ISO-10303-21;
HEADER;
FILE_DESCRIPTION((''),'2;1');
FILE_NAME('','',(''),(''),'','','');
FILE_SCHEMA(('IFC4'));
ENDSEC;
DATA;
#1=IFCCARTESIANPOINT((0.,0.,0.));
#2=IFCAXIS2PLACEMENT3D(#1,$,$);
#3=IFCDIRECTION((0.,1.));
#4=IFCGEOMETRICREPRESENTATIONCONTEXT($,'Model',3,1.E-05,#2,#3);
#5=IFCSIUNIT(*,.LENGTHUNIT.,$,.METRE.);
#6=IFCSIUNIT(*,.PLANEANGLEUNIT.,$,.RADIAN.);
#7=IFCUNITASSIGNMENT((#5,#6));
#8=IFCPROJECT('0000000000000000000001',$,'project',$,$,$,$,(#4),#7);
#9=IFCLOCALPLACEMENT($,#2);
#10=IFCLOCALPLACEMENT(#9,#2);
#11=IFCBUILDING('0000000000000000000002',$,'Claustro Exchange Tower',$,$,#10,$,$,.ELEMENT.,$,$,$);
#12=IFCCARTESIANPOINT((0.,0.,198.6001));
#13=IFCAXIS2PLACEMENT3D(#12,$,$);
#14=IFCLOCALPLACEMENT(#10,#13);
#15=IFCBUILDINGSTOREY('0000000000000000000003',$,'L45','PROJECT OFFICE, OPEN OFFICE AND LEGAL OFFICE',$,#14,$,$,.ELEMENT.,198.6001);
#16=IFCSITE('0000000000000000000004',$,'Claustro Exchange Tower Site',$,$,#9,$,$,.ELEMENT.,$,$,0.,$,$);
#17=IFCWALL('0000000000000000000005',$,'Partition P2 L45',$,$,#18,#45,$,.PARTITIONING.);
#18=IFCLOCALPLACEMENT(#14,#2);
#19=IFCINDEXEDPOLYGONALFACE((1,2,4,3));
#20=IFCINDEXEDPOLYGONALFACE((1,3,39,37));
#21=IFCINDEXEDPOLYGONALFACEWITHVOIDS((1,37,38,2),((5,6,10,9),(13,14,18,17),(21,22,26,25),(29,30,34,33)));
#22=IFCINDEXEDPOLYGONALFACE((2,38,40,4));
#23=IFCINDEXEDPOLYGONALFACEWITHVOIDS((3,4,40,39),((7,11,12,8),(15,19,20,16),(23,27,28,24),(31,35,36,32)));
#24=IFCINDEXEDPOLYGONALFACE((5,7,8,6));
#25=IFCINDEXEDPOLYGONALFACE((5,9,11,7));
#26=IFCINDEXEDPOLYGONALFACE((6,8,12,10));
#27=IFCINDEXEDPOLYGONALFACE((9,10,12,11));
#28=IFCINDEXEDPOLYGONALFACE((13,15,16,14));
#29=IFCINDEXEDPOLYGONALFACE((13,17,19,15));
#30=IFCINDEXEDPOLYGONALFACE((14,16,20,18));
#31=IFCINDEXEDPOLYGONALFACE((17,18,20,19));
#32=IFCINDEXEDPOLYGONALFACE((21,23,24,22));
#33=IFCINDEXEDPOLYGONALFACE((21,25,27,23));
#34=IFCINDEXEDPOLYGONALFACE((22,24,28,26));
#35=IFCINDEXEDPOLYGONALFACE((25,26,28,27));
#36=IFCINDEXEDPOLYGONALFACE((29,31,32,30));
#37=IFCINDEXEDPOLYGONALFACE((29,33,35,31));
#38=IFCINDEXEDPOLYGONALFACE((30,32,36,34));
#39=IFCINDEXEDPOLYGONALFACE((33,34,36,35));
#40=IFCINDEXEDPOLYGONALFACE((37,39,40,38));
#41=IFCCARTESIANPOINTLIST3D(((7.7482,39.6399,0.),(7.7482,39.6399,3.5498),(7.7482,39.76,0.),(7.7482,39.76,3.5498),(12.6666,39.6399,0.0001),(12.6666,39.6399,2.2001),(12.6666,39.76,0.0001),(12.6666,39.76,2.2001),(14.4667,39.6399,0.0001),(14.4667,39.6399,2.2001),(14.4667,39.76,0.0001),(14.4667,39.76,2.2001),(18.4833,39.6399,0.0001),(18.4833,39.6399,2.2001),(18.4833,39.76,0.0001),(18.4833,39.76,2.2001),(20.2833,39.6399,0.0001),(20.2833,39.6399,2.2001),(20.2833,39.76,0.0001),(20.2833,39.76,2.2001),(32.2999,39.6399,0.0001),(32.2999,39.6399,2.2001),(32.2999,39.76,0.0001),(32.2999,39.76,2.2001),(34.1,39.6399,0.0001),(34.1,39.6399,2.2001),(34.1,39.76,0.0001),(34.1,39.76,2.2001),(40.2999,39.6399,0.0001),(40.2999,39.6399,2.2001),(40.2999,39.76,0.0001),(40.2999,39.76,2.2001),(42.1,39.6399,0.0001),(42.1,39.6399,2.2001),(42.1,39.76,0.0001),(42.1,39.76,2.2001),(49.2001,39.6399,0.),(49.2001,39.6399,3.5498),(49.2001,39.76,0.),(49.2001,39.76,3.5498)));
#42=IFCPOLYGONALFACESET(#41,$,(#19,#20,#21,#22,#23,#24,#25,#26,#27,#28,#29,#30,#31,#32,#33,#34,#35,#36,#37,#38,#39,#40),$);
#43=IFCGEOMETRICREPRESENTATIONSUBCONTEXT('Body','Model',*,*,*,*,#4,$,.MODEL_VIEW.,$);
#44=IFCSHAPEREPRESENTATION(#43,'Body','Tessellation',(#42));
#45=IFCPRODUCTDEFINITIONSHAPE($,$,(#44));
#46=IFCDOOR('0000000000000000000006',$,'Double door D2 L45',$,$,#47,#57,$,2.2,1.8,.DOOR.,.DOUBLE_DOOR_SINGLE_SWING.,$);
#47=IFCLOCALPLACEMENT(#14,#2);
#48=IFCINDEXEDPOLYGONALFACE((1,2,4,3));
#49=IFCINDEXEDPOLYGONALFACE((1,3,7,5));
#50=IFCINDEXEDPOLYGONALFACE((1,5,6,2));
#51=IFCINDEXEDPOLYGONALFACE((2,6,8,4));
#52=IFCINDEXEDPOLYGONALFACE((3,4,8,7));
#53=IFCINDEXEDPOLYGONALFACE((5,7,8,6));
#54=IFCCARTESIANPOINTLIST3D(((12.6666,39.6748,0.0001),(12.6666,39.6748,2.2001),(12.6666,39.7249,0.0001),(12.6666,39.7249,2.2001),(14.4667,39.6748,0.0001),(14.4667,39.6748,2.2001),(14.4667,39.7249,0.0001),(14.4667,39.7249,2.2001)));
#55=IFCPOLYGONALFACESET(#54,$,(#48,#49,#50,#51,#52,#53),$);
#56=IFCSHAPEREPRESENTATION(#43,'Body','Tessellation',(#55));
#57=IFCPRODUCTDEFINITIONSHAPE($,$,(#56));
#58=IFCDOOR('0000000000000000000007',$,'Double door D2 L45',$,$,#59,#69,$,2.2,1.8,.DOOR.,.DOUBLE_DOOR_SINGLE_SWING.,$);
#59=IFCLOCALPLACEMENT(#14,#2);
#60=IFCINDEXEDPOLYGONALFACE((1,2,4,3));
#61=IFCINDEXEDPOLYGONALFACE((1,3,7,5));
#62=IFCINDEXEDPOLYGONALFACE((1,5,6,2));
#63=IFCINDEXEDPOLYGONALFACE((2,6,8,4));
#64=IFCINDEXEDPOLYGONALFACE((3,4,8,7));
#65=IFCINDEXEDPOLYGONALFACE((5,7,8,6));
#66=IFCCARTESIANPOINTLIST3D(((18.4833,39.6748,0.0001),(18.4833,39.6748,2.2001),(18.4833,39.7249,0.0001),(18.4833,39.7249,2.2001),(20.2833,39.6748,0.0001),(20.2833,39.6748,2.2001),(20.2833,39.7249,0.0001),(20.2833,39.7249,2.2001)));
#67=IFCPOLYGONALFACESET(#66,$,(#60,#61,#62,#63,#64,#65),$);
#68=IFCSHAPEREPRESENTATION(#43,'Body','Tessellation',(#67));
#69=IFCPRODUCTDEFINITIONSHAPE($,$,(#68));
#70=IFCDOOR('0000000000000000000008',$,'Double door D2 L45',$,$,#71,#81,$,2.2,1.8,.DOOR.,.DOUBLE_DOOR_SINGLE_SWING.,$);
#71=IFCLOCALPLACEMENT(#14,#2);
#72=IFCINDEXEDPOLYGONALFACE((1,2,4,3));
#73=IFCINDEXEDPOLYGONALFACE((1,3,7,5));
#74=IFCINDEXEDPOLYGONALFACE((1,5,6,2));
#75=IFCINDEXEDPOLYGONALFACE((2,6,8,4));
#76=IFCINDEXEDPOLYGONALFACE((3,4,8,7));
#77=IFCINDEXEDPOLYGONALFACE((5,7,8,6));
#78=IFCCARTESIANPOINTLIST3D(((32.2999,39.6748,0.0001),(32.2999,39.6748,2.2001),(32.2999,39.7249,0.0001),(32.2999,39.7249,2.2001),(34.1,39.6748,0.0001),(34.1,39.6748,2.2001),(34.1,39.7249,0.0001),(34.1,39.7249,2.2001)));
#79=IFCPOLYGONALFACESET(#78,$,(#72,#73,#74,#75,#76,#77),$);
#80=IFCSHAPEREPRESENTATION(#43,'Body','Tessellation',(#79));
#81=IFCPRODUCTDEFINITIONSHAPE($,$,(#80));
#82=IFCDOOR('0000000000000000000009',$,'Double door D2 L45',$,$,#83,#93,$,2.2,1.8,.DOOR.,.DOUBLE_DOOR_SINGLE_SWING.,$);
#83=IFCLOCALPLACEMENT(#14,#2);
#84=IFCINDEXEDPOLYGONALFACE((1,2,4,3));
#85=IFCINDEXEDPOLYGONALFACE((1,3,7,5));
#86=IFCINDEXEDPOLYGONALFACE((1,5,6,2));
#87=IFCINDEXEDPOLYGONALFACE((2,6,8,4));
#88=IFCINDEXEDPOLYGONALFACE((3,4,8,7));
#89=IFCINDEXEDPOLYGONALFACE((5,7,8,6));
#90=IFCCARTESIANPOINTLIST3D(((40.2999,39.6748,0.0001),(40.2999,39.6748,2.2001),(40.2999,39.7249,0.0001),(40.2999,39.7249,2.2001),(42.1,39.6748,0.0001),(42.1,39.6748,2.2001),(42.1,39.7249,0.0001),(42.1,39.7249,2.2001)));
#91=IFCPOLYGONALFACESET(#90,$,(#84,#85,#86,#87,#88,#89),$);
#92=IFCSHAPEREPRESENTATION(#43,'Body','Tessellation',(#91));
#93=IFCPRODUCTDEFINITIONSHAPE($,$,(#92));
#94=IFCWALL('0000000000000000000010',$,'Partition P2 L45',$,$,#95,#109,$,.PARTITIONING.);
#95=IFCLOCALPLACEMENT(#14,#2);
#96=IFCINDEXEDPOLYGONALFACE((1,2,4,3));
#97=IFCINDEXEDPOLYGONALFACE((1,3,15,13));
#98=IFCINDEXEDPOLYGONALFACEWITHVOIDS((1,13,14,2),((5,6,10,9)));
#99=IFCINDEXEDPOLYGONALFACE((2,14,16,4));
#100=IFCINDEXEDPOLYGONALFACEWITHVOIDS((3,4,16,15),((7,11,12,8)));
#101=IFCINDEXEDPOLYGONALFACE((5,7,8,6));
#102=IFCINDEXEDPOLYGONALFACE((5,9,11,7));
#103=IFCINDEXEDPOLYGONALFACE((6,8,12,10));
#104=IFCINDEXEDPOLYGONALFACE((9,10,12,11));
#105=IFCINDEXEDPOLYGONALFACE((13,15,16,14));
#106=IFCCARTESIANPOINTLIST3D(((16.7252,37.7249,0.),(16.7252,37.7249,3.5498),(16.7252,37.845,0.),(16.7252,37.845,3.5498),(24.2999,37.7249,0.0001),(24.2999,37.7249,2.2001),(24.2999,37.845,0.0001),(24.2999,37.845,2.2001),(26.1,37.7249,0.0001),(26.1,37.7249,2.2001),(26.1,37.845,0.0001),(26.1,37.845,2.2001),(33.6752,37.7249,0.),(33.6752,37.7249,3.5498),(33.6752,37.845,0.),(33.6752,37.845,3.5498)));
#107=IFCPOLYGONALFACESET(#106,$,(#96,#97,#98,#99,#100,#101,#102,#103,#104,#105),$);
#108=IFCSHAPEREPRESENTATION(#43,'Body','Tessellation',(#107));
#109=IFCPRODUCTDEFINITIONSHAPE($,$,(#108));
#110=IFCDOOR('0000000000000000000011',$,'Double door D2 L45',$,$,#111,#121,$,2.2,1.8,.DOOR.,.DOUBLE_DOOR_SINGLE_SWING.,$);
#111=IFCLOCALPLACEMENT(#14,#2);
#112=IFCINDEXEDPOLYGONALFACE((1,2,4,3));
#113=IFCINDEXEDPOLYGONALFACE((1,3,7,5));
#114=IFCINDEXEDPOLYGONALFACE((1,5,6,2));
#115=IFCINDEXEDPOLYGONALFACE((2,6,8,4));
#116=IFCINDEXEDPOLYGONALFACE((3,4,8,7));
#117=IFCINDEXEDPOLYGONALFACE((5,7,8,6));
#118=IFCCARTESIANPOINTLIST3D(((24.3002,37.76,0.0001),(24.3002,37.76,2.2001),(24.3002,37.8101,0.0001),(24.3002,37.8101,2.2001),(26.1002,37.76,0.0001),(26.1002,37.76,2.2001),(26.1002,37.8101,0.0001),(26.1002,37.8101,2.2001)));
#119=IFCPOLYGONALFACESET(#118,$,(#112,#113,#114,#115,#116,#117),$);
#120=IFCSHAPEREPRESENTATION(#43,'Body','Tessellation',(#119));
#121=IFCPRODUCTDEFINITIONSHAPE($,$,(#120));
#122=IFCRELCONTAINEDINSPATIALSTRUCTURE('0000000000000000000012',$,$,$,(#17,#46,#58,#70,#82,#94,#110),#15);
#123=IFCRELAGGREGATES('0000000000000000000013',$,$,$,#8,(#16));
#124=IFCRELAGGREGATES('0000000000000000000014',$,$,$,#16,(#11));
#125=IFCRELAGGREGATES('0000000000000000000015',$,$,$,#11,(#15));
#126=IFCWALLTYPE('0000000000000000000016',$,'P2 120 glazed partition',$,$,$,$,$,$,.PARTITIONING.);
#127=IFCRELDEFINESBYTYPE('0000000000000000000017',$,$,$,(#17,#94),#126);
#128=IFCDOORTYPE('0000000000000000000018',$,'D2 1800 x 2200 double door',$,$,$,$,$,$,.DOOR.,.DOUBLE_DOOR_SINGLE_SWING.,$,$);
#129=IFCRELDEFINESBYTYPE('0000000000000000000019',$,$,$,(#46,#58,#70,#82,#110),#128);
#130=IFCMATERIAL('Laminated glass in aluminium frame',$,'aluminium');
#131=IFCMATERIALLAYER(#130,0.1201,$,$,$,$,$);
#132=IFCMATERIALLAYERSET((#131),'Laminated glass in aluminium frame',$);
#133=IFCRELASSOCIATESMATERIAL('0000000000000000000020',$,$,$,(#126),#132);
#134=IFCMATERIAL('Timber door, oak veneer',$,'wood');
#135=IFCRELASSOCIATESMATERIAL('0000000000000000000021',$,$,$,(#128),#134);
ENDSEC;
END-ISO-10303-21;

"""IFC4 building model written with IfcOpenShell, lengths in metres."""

from ifc_helpers import new_model, si_unit, direction, frame, frame_2d, origin, place, context, subcontext, project, spatial, rectangle, extrude, material, layer, layer_set, type_object, element, fill, save


model = new_model("IFC4")

# Units and contexts
model_context = context("Model", 3, precision=1e-05, world=origin(), true_north=direction((0.0, 1.0)))
body_context = subcontext(model_context, "Body", "Model", "MODEL_VIEW")
ifc_project = project(units=[si_unit("LENGTHUNIT", "METRE"), si_unit("PLANEANGLEUNIT", "RADIAN")], contexts=[model_context])

# Site, building, storey
site_placement = place(None, origin())
site = spatial("IfcSite", under=ifc_project, at=site_placement, Name="Claustro Exchange Tower Site", CompositionType="ELEMENT", RefElevation=0.0)
building_placement = place(site_placement, origin())
building = spatial("IfcBuilding", under=site, at=building_placement, Name="Claustro Exchange Tower", CompositionType="ELEMENT")
storey_placement = place(building_placement, frame((0.0, 0.0, 198.6001)))
storey = spatial("IfcBuildingStorey", under=building, at=storey_placement, Name="L45", Description="PROJECT OFFICE, OPEN OFFICE AND LEGAL OFFICE", CompositionType="ELEMENT", Elevation=198.6001)

# Shared definitions
ifc_material_1 = material(Name="Laminated glass in aluminium frame", Category="aluminium")
ifc_layer_1 = layer(ifc_material_1, 0.1201)
ifc_layer_set_1 = layer_set([ifc_layer_1], Name="Laminated glass in aluminium frame")
wall_type_1 = type_object("IfcWallType", Name="P2 120 glazed partition", PredefinedType="PARTITIONING", material=ifc_layer_set_1)

# Wall, openings, doors
wall_1_placement = place(storey_placement, frame((7.748, 39.7, 0.0), z_axis=(0.0, 0.0, 1.0), x_axis=(1.0, 0.0, 0.0)))
wall_1 = element("IfcWall", 1, at=wall_1_placement, inside=storey, type_object=wall_type_1, Name="Partition P2 L45", PredefinedType="PARTITIONING", context=body_context, shape_type="SweptSolid", body=[
    extrude(rectangle(XDim=41.4519, YDim=0.1201, at=frame_2d((20.7261, 0.0))), origin(), (0.0, 0.0, 1.0), 3.5498),
])
opening_1_placement = place(wall_1_placement, frame((4.9187, 0.0, 0.0)))
opening_1 = element("IfcOpeningElement", 2, at=opening_1_placement, cuts=wall_1, PredefinedType="OPENING", context=body_context, shape_type="SweptSolid", body=[
    extrude(rectangle(XDim=1.8, YDim=2.2, at=frame_2d((0.8999, 1.1001))), frame((0.0, 0.0701, 0.0), z_axis=(0.0, -1.0, 0.0), x_axis=(1.0, 0.0, 0.0)), (0.0, 0.0, 1.0), 0.1401),
])
opening_2_placement = place(wall_1_placement, frame((10.7354, 0.0, 0.0)))
opening_2 = element("IfcOpeningElement", 3, at=opening_2_placement, cuts=wall_1, PredefinedType="OPENING", context=body_context, shape_type="SweptSolid", body=[
    extrude(rectangle(XDim=1.8, YDim=2.2, at=frame_2d((0.8999, 1.1001))), frame((0.0, 0.0701, 0.0), z_axis=(0.0, -1.0, 0.0), x_axis=(1.0, 0.0, 0.0)), (0.0, 0.0, 1.0), 0.1401),
])
opening_3_placement = place(wall_1_placement, frame((24.552, 0.0, 0.0)))
opening_3 = element("IfcOpeningElement", 4, at=opening_3_placement, cuts=wall_1, PredefinedType="OPENING", context=body_context, shape_type="SweptSolid", body=[
    extrude(rectangle(XDim=1.8, YDim=2.2, at=frame_2d((0.8999, 1.1001))), frame((0.0, 0.0701, 0.0), z_axis=(0.0, -1.0, 0.0), x_axis=(1.0, 0.0, 0.0)), (0.0, 0.0, 1.0), 0.1401),
])
opening_4_placement = place(wall_1_placement, frame((32.552, 0.0, 0.0)))
opening_4 = element("IfcOpeningElement", 5, at=opening_4_placement, cuts=wall_1, PredefinedType="OPENING", context=body_context, shape_type="SweptSolid", body=[
    extrude(rectangle(XDim=1.8, YDim=2.2, at=frame_2d((0.8999, 1.1001))), frame((0.0, 0.0701, 0.0), z_axis=(0.0, -1.0, 0.0), x_axis=(1.0, 0.0, 0.0)), (0.0, 0.0, 1.0), 0.1401),
])
ifc_material_2 = material(Name="Timber door, oak veneer", Category="wood")
door_type_1 = type_object("IfcDoorType", Name="D2 1800 x 2200 double door", OperationType="DOUBLE_DOOR_SINGLE_SWING", PredefinedType="DOOR", material=ifc_material_2)
door_1_placement = place(opening_1_placement, origin())
door_1 = element("IfcDoor", 6, at=door_1_placement, inside=storey, type_object=door_type_1, Name="Double door D2 L45", OperationType="DOUBLE_DOOR_SINGLE_SWING", OverallHeight=2.2, OverallWidth=1.8, PredefinedType="DOOR", context=body_context, shape_type="SweptSolid", body=[
    extrude(rectangle(XDim=1.8, YDim=2.2, at=frame_2d((0.8999, 1.1001))), frame((0.0, 0.0249, 0.0), z_axis=(0.0, -1.0, 0.0), x_axis=(1.0, 0.0, 0.0)), (0.0, 0.0, 1.0), 0.05),
])
fill(opening_1, door_1)
door_2_placement = place(opening_2_placement, origin())
door_2 = element("IfcDoor", 7, at=door_2_placement, inside=storey, type_object=door_type_1, Name="Double door D2 L45", OperationType="DOUBLE_DOOR_SINGLE_SWING", OverallHeight=2.2, OverallWidth=1.8, PredefinedType="DOOR", context=body_context, shape_type="SweptSolid", body=[
    extrude(rectangle(XDim=1.8, YDim=2.2, at=frame_2d((0.8999, 1.1001))), frame((0.0, 0.0249, 0.0), z_axis=(0.0, -1.0, 0.0), x_axis=(1.0, 0.0, 0.0)), (0.0, 0.0, 1.0), 0.05),
])
fill(opening_2, door_2)
door_3_placement = place(opening_3_placement, origin())
door_3 = element("IfcDoor", 8, at=door_3_placement, inside=storey, type_object=door_type_1, Name="Double door D2 L45", OperationType="DOUBLE_DOOR_SINGLE_SWING", OverallHeight=2.2, OverallWidth=1.8, PredefinedType="DOOR", context=body_context, shape_type="SweptSolid", body=[
    extrude(rectangle(XDim=1.8, YDim=2.2, at=frame_2d((0.8999, 1.1001))), frame((0.0, 0.0249, 0.0), z_axis=(0.0, -1.0, 0.0), x_axis=(1.0, 0.0, 0.0)), (0.0, 0.0, 1.0), 0.05),
])
fill(opening_3, door_3)
door_4_placement = place(opening_4_placement, origin())
door_4 = element("IfcDoor", 9, at=door_4_placement, inside=storey, type_object=door_type_1, Name="Double door D2 L45", OperationType="DOUBLE_DOOR_SINGLE_SWING", OverallHeight=2.2, OverallWidth=1.8, PredefinedType="DOOR", context=body_context, shape_type="SweptSolid", body=[
    extrude(rectangle(XDim=1.8, YDim=2.2, at=frame_2d((0.8999, 1.1001))), frame((0.0, 0.0249, 0.0), z_axis=(0.0, -1.0, 0.0), x_axis=(1.0, 0.0, 0.0)), (0.0, 0.0, 1.0), 0.05),
])
fill(opening_4, door_4)

# Wall, opening, door
wall_2_placement = place(storey_placement, frame((16.7251, 37.7849, 0.0), z_axis=(0.0, 0.0, 1.0), x_axis=(1.0, 0.0, 0.0)))
wall_2 = element("IfcWall", 10, at=wall_2_placement, inside=storey, type_object=wall_type_1, Name="Partition P2 L45", PredefinedType="PARTITIONING", context=body_context, shape_type="SweptSolid", body=[
    extrude(rectangle(XDim=16.95, YDim=0.1201, at=frame_2d((8.4751, 0.0))), origin(), (0.0, 0.0, 1.0), 3.5498),
])
opening_5_placement = place(wall_2_placement, frame((7.575, 0.0, 0.0)))
opening_5 = element("IfcOpeningElement", 11, at=opening_5_placement, cuts=wall_2, PredefinedType="OPENING", context=body_context, shape_type="SweptSolid", body=[
    extrude(rectangle(XDim=1.8, YDim=2.2, at=frame_2d((0.8999, 1.1001))), frame((0.0, 0.0701, 0.0), z_axis=(0.0, -1.0, 0.0), x_axis=(1.0, 0.0, 0.0)), (0.0, 0.0, 1.0), 0.1401),
])
door_5_placement = place(opening_5_placement, frame((1.8, 0.0, 0.0), z_axis=(0.0, 0.0, 1.0), x_axis=(-1.0, 0.0, 0.0)))
door_5 = element("IfcDoor", 12, at=door_5_placement, inside=storey, type_object=door_type_1, Name="Double door D2 L45", OperationType="DOUBLE_DOOR_SINGLE_SWING", OverallHeight=2.2, OverallWidth=1.8, PredefinedType="DOOR", context=body_context, shape_type="SweptSolid", body=[
    extrude(rectangle(XDim=1.8, YDim=2.2, at=frame_2d((0.8999, 1.1001))), frame((0.0, 0.0249, 0.0), z_axis=(0.0, -1.0, 0.0), x_axis=(1.0, 0.0, 0.0)), (0.0, 0.0, 1.0), 0.05),
])
fill(opening_5, door_5)

save(model, "model.ifc")
